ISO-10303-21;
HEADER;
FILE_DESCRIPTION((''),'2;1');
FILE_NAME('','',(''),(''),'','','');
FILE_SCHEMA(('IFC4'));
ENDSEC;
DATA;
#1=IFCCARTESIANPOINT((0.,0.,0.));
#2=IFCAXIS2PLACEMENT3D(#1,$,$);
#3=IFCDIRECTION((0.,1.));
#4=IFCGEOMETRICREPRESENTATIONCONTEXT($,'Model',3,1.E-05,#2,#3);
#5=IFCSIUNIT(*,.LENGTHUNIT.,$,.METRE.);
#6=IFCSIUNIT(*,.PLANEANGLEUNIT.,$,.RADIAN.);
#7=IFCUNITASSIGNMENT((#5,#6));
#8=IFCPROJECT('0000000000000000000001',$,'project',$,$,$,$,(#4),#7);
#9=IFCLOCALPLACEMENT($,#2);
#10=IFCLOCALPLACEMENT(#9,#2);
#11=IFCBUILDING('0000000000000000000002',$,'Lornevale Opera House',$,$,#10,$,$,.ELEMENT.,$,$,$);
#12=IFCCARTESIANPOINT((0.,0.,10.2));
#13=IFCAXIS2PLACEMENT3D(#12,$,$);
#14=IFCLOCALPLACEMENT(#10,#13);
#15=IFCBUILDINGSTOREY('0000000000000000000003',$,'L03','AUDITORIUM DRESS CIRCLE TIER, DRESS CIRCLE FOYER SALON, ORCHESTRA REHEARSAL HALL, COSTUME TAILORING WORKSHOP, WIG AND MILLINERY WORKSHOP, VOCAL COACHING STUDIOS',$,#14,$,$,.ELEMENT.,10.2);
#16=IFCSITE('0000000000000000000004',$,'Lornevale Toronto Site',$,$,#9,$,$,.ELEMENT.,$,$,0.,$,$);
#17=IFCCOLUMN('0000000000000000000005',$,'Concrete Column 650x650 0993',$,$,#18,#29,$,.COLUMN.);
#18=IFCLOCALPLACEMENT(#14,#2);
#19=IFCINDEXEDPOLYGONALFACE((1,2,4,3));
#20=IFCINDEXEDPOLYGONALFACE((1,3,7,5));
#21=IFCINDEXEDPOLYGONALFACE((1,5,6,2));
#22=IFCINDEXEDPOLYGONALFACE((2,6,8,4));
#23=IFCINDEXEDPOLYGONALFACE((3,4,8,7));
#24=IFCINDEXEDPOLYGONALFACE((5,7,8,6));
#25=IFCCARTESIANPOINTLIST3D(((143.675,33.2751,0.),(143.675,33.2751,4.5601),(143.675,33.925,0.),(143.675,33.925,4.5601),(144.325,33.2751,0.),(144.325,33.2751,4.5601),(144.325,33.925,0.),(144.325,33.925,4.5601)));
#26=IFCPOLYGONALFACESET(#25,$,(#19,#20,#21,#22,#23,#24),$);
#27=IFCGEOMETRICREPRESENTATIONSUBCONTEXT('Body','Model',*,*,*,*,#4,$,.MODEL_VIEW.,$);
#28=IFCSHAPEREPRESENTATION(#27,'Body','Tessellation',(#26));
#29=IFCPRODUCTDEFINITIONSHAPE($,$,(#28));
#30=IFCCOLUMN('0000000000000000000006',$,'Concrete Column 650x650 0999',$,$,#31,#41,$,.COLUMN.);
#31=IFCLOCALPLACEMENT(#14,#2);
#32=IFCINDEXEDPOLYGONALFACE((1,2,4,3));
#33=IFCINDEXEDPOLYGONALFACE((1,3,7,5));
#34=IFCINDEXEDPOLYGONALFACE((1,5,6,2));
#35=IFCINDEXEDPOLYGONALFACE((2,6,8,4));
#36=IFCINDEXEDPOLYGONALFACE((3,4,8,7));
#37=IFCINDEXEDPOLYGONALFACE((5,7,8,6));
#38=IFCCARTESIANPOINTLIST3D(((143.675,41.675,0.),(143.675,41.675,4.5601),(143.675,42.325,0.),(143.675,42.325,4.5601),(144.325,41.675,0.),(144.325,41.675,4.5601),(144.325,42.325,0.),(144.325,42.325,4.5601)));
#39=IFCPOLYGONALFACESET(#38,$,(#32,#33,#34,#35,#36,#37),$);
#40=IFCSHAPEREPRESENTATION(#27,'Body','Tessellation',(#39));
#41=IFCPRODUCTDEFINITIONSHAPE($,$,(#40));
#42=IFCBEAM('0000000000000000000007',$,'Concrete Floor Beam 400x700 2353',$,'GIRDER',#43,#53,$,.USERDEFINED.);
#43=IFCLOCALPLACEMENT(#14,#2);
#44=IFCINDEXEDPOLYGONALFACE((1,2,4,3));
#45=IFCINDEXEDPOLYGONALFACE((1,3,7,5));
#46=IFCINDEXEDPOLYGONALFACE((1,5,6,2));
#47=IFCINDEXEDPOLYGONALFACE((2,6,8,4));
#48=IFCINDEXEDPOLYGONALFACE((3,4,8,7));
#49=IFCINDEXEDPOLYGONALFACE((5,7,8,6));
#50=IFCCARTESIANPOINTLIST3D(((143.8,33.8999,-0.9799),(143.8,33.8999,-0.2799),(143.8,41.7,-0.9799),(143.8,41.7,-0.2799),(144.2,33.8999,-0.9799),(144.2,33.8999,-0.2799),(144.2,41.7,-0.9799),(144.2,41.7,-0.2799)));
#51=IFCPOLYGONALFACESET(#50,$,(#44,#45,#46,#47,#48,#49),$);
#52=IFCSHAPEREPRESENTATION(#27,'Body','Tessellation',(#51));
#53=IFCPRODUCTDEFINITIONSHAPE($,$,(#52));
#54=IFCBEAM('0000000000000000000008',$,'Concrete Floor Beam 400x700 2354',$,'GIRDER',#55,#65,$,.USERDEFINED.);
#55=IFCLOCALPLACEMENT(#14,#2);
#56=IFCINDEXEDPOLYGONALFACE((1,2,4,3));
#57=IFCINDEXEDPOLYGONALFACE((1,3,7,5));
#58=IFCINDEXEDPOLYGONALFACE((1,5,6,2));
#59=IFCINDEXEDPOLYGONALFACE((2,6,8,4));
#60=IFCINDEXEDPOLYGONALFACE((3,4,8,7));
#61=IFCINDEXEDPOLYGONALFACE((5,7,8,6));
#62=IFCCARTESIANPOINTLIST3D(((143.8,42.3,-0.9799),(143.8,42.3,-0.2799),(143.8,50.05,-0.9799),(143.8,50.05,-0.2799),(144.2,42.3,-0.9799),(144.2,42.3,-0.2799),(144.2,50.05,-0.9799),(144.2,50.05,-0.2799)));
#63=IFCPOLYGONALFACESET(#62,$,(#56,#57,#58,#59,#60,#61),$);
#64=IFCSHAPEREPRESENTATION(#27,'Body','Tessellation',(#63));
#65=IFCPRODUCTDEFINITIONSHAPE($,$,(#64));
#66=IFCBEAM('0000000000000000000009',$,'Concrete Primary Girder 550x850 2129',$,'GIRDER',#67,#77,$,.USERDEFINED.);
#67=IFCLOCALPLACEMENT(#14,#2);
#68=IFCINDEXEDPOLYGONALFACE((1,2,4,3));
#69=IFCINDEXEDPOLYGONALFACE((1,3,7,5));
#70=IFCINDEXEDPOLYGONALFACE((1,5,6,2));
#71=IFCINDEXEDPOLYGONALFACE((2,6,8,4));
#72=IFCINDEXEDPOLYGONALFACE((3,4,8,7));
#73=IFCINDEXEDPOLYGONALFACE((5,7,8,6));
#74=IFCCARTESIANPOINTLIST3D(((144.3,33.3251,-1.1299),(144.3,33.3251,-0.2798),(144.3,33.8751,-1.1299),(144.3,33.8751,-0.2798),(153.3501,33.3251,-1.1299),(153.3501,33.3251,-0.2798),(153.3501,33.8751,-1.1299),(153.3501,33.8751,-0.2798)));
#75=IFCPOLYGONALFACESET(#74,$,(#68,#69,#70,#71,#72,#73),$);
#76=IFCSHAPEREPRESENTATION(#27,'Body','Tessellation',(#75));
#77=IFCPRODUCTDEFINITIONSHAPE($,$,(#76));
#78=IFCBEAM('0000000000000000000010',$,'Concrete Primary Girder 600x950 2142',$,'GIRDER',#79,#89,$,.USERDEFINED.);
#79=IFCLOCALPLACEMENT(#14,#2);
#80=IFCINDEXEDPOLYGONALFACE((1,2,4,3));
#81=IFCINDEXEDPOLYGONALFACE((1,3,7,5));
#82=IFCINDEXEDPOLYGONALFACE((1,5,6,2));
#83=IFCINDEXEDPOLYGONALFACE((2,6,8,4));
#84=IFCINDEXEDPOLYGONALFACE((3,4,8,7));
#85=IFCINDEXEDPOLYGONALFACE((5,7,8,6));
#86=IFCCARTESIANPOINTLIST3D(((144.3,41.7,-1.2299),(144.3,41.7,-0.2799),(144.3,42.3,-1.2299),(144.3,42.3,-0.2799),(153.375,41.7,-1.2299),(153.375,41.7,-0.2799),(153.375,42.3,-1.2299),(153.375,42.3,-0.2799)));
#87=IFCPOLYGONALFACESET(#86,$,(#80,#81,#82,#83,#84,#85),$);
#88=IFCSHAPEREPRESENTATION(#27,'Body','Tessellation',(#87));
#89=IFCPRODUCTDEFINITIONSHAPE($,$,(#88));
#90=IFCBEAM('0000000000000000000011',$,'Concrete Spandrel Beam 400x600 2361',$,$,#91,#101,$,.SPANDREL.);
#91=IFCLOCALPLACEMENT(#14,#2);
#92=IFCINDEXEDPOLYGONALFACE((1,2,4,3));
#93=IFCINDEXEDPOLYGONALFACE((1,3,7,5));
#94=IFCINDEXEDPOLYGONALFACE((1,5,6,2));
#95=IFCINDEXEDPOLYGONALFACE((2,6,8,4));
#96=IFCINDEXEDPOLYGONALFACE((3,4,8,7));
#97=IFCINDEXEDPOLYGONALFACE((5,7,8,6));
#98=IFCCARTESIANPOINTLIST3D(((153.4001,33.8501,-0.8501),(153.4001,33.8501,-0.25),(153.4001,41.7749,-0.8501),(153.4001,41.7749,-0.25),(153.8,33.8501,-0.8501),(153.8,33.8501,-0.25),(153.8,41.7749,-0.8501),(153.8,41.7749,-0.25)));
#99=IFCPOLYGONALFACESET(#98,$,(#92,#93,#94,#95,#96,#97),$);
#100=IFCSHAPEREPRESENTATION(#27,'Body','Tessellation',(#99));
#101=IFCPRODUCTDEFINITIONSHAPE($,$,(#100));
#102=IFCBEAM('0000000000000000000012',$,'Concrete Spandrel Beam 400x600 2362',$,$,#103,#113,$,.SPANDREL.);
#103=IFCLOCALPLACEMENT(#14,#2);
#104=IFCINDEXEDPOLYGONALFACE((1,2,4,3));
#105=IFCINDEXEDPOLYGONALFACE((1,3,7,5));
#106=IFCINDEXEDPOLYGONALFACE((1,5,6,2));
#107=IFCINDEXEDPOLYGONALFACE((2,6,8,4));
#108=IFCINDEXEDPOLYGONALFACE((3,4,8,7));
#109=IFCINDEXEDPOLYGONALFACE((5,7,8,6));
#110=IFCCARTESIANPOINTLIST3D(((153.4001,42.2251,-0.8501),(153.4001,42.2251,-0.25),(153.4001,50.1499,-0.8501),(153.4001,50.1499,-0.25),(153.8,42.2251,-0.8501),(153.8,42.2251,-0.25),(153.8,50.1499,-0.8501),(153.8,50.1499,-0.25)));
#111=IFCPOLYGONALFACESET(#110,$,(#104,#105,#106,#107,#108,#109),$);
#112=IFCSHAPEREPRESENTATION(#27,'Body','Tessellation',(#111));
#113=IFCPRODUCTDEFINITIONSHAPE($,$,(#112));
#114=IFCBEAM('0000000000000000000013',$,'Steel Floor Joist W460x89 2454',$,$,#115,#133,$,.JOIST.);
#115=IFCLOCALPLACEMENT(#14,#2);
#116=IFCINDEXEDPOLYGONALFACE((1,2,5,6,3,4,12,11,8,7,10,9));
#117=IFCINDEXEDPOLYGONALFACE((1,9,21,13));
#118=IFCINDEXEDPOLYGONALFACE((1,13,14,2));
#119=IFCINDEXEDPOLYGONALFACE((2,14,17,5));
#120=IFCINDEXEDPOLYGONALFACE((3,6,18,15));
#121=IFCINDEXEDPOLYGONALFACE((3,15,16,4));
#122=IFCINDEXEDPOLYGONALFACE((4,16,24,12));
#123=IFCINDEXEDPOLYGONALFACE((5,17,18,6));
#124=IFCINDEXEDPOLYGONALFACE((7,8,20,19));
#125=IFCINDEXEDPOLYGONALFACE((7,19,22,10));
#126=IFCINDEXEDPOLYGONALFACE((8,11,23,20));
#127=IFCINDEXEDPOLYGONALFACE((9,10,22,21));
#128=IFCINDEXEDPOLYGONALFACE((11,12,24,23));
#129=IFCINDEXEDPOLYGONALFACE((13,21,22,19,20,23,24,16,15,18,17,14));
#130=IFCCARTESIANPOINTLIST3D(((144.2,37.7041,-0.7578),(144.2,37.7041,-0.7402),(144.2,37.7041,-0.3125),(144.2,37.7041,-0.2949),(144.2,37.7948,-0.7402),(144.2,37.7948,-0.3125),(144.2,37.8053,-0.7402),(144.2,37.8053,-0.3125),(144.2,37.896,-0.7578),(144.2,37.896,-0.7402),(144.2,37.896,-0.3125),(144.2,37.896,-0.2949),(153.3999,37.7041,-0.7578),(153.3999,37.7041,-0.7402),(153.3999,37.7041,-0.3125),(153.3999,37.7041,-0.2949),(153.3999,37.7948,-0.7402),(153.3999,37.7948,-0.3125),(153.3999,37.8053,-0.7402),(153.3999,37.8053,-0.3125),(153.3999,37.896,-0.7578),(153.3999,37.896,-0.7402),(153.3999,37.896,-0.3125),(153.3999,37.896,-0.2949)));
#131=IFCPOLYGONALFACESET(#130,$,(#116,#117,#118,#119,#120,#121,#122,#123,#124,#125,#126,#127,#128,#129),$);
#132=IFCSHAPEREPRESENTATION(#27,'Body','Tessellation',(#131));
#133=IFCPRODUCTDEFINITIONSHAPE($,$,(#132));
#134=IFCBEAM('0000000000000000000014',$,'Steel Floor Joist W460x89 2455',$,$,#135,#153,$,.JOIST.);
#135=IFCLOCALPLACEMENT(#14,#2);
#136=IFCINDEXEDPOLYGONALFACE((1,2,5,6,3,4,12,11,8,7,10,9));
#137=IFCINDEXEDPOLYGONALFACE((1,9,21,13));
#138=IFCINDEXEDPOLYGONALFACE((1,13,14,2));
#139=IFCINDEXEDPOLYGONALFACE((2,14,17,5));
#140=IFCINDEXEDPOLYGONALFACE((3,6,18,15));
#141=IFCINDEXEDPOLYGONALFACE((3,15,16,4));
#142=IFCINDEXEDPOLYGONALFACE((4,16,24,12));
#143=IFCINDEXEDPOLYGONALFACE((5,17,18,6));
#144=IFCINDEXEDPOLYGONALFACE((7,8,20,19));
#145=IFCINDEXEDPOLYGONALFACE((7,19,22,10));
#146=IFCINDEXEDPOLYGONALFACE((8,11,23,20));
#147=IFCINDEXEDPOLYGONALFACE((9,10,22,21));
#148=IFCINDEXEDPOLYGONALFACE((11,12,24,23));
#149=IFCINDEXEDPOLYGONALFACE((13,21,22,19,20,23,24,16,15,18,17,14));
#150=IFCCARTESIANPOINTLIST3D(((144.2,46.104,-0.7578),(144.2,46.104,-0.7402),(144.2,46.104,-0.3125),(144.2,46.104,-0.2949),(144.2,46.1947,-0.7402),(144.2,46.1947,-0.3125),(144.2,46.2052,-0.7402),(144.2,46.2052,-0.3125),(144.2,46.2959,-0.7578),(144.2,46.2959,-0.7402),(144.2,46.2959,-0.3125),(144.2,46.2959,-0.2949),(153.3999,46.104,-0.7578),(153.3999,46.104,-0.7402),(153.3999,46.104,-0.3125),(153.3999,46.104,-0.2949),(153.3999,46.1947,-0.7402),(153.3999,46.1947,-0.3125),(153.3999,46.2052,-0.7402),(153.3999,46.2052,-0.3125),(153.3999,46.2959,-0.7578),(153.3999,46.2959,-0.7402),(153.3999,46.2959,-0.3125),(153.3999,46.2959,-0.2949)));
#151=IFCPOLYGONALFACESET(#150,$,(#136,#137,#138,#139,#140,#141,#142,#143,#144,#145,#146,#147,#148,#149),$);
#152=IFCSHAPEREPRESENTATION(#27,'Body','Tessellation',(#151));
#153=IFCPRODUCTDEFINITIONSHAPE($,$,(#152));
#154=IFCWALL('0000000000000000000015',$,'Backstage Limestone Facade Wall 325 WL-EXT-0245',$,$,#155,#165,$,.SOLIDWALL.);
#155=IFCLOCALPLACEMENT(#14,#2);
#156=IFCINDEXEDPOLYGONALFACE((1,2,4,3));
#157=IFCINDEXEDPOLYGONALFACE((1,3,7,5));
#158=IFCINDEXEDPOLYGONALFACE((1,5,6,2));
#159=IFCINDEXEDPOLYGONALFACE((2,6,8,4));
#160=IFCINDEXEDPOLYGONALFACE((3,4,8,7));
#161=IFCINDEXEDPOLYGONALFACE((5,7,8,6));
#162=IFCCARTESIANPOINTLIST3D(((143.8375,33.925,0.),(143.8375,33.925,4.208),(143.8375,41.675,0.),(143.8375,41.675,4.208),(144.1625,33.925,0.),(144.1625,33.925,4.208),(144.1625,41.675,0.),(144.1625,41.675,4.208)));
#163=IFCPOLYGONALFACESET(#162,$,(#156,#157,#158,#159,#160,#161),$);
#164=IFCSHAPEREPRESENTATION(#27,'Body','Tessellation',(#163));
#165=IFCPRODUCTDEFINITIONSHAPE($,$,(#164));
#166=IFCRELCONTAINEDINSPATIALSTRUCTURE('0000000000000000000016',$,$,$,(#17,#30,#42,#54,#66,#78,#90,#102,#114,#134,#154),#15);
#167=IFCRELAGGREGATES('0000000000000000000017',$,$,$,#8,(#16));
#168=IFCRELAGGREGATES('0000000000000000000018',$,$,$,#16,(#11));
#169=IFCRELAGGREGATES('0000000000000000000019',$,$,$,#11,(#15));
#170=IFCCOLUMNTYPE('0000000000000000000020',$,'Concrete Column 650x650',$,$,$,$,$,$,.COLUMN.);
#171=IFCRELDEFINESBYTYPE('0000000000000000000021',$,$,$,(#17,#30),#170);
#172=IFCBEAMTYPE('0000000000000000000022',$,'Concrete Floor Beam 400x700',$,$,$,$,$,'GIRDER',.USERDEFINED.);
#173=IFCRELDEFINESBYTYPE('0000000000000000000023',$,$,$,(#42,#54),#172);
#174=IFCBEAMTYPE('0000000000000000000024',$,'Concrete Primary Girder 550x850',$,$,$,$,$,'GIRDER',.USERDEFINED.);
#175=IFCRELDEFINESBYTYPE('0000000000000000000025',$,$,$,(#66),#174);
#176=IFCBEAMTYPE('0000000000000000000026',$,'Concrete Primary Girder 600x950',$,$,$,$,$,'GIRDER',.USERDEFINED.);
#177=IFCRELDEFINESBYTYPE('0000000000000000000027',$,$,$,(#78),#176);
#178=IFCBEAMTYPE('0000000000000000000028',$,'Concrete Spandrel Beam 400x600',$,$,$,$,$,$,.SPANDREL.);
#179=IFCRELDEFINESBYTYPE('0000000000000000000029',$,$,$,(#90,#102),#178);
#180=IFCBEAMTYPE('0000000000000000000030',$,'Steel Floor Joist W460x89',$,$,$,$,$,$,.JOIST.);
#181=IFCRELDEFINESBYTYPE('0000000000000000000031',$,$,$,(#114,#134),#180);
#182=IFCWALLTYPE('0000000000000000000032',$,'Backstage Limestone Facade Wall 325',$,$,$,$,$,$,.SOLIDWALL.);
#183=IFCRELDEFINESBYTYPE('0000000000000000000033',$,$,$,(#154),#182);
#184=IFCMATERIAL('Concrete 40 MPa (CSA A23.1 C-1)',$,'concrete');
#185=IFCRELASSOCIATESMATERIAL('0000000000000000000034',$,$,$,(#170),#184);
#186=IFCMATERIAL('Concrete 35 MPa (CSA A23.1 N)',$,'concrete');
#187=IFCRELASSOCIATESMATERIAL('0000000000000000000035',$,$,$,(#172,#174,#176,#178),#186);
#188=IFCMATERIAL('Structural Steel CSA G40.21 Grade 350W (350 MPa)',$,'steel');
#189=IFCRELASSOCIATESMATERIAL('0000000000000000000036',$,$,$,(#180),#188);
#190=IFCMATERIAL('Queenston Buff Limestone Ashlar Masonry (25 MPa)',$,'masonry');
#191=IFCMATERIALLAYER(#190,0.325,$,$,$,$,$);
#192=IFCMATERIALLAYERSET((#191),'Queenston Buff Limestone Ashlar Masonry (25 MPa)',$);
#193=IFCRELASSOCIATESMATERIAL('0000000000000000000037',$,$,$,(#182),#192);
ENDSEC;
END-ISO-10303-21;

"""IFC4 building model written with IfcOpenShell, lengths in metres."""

from ifc_helpers import new_model, si_unit, direction, frame, frame_2d, origin, origin_2d, place, context, subcontext, project, spatial, rectangle, i_section, extrude, material, layer, layer_set, material_profile, profile_set, type_object, element, save


model = new_model("IFC4")

# Units and contexts
model_context = context("Model", 3, precision=1e-05, world=origin(), true_north=direction((0.0, 1.0)))
body_context = subcontext(model_context, "Body", "Model", "MODEL_VIEW")
ifc_project = project(units=[si_unit("LENGTHUNIT", "METRE"), si_unit("PLANEANGLEUNIT", "RADIAN")], contexts=[model_context])

# Site, building, storey
site_placement = place(None, origin())
site = spatial("IfcSite", under=ifc_project, at=site_placement, Name="Lornevale Toronto Site", CompositionType="ELEMENT", RefElevation=0.0)
building_placement = place(site_placement, origin())
building = spatial("IfcBuilding", under=site, at=building_placement, Name="Lornevale Opera House", CompositionType="ELEMENT")
storey_placement = place(building_placement, frame((0.0, 0.0, 10.2)))
storey = spatial("IfcBuildingStorey", under=building, at=storey_placement, Name="L03", Description="AUDITORIUM DRESS CIRCLE TIER, DRESS CIRCLE FOYER SALON, ORCHESTRA REHEARSAL HALL, COSTUME TAILORING WORKSHOP, WIG AND MILLINERY WORKSHOP, VOCAL COACHING STUDIOS", CompositionType="ELEMENT", Elevation=10.2)

# Columns
ifc_material_1 = material(Name="Concrete 40 MPa (CSA A23.1 C-1)", Category="concrete")
ifc_material_profile_1 = material_profile(ifc_material_1, rectangle(XDim=0.6499, YDim=0.6499, at=origin_2d()), Name="RC650x650")
ifc_profile_set_1 = profile_set([ifc_material_profile_1], Name="Concrete 40 MPa (CSA A23.1 C-1)")
column_type = type_object("IfcColumnType", Name="Concrete Column 650x650", PredefinedType="COLUMN", material=ifc_profile_set_1)
for number, where, z_axis, x_axis, name in (
    (1, (144.0, 33.6001, 0.0), (0.0, 0.0, 1.0), (1.0, 0.0, 0.0), "Concrete Column 650x650 0993"),
    (2, (144.0, 42.0, 0.0), (0.0, 0.0, 1.0), (1.0, 0.0, 0.0), "Concrete Column 650x650 0999"),
):
    element("IfcColumn", number, at=place(storey_placement, frame(where, z_axis=z_axis, x_axis=x_axis)), inside=storey, type_object=column_type, Name=name, PredefinedType="COLUMN", context=body_context, shape_type="SweptSolid", body=[
        extrude(rectangle(XDim=0.6499, YDim=0.6499, at=origin_2d()), origin(), (0.0, 0.0, 1.0), 4.5601),
    ])

# Beams
ifc_material_2 = material(Name="Concrete 35 MPa (CSA A23.1 N)", Category="concrete")
ifc_material_profile_2 = material_profile(ifc_material_2, rectangle(XDim=0.3999, YDim=0.7, at=origin_2d()), Name="RC400x700")
ifc_profile_set_2 = profile_set([ifc_material_profile_2], Name="Concrete 35 MPa (CSA A23.1 N)")
beam_type_1 = type_object("IfcBeamType", Name="Concrete Floor Beam 400x700", ElementType="GIRDER", PredefinedType="USERDEFINED", material=ifc_profile_set_2)
beam_1_placement = place(storey_placement, frame((144.0, 33.8999, -0.6299), z_axis=(0.0, 1.0, 0.0), x_axis=(-1.0, 0.0, 0.0)))
element("IfcBeam", 3, at=beam_1_placement, inside=storey, type_object=beam_type_1, Name="Concrete Floor Beam 400x700 2353", ObjectType="GIRDER", PredefinedType="USERDEFINED", context=body_context, shape_type="SweptSolid", body=[
    extrude(rectangle(XDim=0.3999, YDim=0.7, at=origin_2d()), origin(), (0.0, 0.0, 1.0), 7.8),
])
beam_2_placement = place(storey_placement, frame((144.0, 42.3, -0.6299), z_axis=(0.0, 1.0, 0.0), x_axis=(-1.0, 0.0, 0.0)))
element("IfcBeam", 4, at=beam_2_placement, inside=storey, type_object=beam_type_1, Name="Concrete Floor Beam 400x700 2354", ObjectType="GIRDER", PredefinedType="USERDEFINED", context=body_context, shape_type="SweptSolid", body=[
    extrude(rectangle(XDim=0.3999, YDim=0.7, at=origin_2d()), origin(), (0.0, 0.0, 1.0), 7.75),
])
ifc_material_profile_3 = material_profile(ifc_material_2, rectangle(XDim=0.55, YDim=0.8501, at=origin_2d()), Name="RC550x850")
ifc_profile_set_3 = profile_set([ifc_material_profile_3], Name="Concrete 35 MPa (CSA A23.1 N)")
beam_type_2 = type_object("IfcBeamType", Name="Concrete Primary Girder 550x850", ElementType="GIRDER", PredefinedType="USERDEFINED", material=ifc_profile_set_3)
beam_3_placement = place(storey_placement, frame((144.3, 33.6001, -0.7048), z_axis=(1.0, 0.0, 0.0), x_axis=(0.0, 1.0, 0.0)))
element("IfcBeam", 5, at=beam_3_placement, inside=storey, type_object=beam_type_2, Name="Concrete Primary Girder 550x850 2129", ObjectType="GIRDER", PredefinedType="USERDEFINED", context=body_context, shape_type="SweptSolid", body=[
    extrude(rectangle(XDim=0.55, YDim=0.8501, at=origin_2d()), origin(), (0.0, 0.0, 1.0), 9.05),
])
ifc_material_profile_4 = material_profile(ifc_material_2, rectangle(XDim=0.6001, YDim=0.95, at=origin_2d()), Name="RC600x950")
ifc_profile_set_4 = profile_set([ifc_material_profile_4], Name="Concrete 35 MPa (CSA A23.1 N)")
beam_type_3 = type_object("IfcBeamType", Name="Concrete Primary Girder 600x950", ElementType="GIRDER", PredefinedType="USERDEFINED", material=ifc_profile_set_4)
beam_4_placement = place(storey_placement, frame((144.3, 42.0, -0.7549), z_axis=(1.0, 0.0, 0.0), x_axis=(0.0, 1.0, 0.0)))
element("IfcBeam", 6, at=beam_4_placement, inside=storey, type_object=beam_type_3, Name="Concrete Primary Girder 600x950 2142", ObjectType="GIRDER", PredefinedType="USERDEFINED", context=body_context, shape_type="SweptSolid", body=[
    extrude(rectangle(XDim=0.6001, YDim=0.95, at=origin_2d()), origin(), (0.0, 0.0, 1.0), 9.075),
])
ifc_material_profile_5 = material_profile(ifc_material_2, rectangle(XDim=0.3999, YDim=0.6001, at=origin_2d()), Name="RC400x600")
ifc_profile_set_5 = profile_set([ifc_material_profile_5], Name="Concrete 35 MPa (CSA A23.1 N)")
beam_type_4 = type_object("IfcBeamType", Name="Concrete Spandrel Beam 400x600", PredefinedType="SPANDREL", material=ifc_profile_set_5)
for number, where, z_axis, x_axis, name in (
    (7, (153.6001, 33.8501, -0.55), (0.0, 1.0, 0.0), (-1.0, 0.0, 0.0), "Concrete Spandrel Beam 400x600 2361"),
    (8, (153.6001, 42.2251, -0.55), (0.0, 1.0, 0.0), (-1.0, 0.0, 0.0), "Concrete Spandrel Beam 400x600 2362"),
):
    element("IfcBeam", number, at=place(storey_placement, frame(where, z_axis=z_axis, x_axis=x_axis)), inside=storey, type_object=beam_type_4, Name=name, PredefinedType="SPANDREL", context=body_context, shape_type="SweptSolid", body=[
        extrude(rectangle(XDim=0.3999, YDim=0.6001, at=origin_2d()), origin(), (0.0, 0.0, 1.0), 7.9248),
    ])
ifc_material_3 = material(Name="Structural Steel CSA G40.21 Grade 350W (350 MPa)", Category="steel")
ifc_material_profile_6 = material_profile(ifc_material_3, i_section(OverallWidth=0.1919, OverallDepth=0.4629, WebThickness=0.0105, FlangeThickness=0.0176, at=origin_2d()), Name="W460x89")
ifc_profile_set_6 = profile_set([ifc_material_profile_6], Name="Structural Steel CSA G40.21 Grade 350W (350 MPa)")
beam_type_5 = type_object("IfcBeamType", Name="Steel Floor Joist W460x89", PredefinedType="JOIST", material=ifc_profile_set_6)
for number, where, z_axis, x_axis, name in (
    (9, (144.2, 37.8, -0.5264), (1.0, 0.0, 0.0), (0.0, 1.0, 0.0), "Steel Floor Joist W460x89 2454"),
    (10, (144.2, 46.2, -0.5264), (1.0, 0.0, 0.0), (0.0, 1.0, 0.0), "Steel Floor Joist W460x89 2455"),
):
    element("IfcBeam", number, at=place(storey_placement, frame(where, z_axis=z_axis, x_axis=x_axis)), inside=storey, type_object=beam_type_5, Name=name, PredefinedType="JOIST", context=body_context, shape_type="SweptSolid", body=[
        extrude(i_section(OverallWidth=0.1919, OverallDepth=0.4629, WebThickness=0.0105, FlangeThickness=0.0176, at=origin_2d()), origin(), (0.0, 0.0, 1.0), 9.2),
    ])

# Wall
ifc_material_4 = material(Name="Queenston Buff Limestone Ashlar Masonry (25 MPa)", Category="masonry")
ifc_layer_1 = layer(ifc_material_4, 0.325)
ifc_layer_set_1 = layer_set([ifc_layer_1], Name="Queenston Buff Limestone Ashlar Masonry (25 MPa)")
wall_type_1 = type_object("IfcWallType", Name="Backstage Limestone Facade Wall 325", PredefinedType="SOLIDWALL", material=ifc_layer_set_1)
wall_1_placement = place(storey_placement, frame((144.0, 41.675, 0.0), z_axis=(0.0, 0.0, 1.0), x_axis=(0.0, -1.0, 0.0)))
element("IfcWall", 11, at=wall_1_placement, inside=storey, type_object=wall_type_1, Name="Backstage Limestone Facade Wall 325 WL-EXT-0245", PredefinedType="SOLIDWALL", context=body_context, shape_type="SweptSolid", body=[
    extrude(rectangle(XDim=7.75, YDim=0.325, at=frame_2d((3.875, 0.0))), origin(), (0.0, 0.0, 1.0), 4.208),
])

save(model, "model.ifc")
